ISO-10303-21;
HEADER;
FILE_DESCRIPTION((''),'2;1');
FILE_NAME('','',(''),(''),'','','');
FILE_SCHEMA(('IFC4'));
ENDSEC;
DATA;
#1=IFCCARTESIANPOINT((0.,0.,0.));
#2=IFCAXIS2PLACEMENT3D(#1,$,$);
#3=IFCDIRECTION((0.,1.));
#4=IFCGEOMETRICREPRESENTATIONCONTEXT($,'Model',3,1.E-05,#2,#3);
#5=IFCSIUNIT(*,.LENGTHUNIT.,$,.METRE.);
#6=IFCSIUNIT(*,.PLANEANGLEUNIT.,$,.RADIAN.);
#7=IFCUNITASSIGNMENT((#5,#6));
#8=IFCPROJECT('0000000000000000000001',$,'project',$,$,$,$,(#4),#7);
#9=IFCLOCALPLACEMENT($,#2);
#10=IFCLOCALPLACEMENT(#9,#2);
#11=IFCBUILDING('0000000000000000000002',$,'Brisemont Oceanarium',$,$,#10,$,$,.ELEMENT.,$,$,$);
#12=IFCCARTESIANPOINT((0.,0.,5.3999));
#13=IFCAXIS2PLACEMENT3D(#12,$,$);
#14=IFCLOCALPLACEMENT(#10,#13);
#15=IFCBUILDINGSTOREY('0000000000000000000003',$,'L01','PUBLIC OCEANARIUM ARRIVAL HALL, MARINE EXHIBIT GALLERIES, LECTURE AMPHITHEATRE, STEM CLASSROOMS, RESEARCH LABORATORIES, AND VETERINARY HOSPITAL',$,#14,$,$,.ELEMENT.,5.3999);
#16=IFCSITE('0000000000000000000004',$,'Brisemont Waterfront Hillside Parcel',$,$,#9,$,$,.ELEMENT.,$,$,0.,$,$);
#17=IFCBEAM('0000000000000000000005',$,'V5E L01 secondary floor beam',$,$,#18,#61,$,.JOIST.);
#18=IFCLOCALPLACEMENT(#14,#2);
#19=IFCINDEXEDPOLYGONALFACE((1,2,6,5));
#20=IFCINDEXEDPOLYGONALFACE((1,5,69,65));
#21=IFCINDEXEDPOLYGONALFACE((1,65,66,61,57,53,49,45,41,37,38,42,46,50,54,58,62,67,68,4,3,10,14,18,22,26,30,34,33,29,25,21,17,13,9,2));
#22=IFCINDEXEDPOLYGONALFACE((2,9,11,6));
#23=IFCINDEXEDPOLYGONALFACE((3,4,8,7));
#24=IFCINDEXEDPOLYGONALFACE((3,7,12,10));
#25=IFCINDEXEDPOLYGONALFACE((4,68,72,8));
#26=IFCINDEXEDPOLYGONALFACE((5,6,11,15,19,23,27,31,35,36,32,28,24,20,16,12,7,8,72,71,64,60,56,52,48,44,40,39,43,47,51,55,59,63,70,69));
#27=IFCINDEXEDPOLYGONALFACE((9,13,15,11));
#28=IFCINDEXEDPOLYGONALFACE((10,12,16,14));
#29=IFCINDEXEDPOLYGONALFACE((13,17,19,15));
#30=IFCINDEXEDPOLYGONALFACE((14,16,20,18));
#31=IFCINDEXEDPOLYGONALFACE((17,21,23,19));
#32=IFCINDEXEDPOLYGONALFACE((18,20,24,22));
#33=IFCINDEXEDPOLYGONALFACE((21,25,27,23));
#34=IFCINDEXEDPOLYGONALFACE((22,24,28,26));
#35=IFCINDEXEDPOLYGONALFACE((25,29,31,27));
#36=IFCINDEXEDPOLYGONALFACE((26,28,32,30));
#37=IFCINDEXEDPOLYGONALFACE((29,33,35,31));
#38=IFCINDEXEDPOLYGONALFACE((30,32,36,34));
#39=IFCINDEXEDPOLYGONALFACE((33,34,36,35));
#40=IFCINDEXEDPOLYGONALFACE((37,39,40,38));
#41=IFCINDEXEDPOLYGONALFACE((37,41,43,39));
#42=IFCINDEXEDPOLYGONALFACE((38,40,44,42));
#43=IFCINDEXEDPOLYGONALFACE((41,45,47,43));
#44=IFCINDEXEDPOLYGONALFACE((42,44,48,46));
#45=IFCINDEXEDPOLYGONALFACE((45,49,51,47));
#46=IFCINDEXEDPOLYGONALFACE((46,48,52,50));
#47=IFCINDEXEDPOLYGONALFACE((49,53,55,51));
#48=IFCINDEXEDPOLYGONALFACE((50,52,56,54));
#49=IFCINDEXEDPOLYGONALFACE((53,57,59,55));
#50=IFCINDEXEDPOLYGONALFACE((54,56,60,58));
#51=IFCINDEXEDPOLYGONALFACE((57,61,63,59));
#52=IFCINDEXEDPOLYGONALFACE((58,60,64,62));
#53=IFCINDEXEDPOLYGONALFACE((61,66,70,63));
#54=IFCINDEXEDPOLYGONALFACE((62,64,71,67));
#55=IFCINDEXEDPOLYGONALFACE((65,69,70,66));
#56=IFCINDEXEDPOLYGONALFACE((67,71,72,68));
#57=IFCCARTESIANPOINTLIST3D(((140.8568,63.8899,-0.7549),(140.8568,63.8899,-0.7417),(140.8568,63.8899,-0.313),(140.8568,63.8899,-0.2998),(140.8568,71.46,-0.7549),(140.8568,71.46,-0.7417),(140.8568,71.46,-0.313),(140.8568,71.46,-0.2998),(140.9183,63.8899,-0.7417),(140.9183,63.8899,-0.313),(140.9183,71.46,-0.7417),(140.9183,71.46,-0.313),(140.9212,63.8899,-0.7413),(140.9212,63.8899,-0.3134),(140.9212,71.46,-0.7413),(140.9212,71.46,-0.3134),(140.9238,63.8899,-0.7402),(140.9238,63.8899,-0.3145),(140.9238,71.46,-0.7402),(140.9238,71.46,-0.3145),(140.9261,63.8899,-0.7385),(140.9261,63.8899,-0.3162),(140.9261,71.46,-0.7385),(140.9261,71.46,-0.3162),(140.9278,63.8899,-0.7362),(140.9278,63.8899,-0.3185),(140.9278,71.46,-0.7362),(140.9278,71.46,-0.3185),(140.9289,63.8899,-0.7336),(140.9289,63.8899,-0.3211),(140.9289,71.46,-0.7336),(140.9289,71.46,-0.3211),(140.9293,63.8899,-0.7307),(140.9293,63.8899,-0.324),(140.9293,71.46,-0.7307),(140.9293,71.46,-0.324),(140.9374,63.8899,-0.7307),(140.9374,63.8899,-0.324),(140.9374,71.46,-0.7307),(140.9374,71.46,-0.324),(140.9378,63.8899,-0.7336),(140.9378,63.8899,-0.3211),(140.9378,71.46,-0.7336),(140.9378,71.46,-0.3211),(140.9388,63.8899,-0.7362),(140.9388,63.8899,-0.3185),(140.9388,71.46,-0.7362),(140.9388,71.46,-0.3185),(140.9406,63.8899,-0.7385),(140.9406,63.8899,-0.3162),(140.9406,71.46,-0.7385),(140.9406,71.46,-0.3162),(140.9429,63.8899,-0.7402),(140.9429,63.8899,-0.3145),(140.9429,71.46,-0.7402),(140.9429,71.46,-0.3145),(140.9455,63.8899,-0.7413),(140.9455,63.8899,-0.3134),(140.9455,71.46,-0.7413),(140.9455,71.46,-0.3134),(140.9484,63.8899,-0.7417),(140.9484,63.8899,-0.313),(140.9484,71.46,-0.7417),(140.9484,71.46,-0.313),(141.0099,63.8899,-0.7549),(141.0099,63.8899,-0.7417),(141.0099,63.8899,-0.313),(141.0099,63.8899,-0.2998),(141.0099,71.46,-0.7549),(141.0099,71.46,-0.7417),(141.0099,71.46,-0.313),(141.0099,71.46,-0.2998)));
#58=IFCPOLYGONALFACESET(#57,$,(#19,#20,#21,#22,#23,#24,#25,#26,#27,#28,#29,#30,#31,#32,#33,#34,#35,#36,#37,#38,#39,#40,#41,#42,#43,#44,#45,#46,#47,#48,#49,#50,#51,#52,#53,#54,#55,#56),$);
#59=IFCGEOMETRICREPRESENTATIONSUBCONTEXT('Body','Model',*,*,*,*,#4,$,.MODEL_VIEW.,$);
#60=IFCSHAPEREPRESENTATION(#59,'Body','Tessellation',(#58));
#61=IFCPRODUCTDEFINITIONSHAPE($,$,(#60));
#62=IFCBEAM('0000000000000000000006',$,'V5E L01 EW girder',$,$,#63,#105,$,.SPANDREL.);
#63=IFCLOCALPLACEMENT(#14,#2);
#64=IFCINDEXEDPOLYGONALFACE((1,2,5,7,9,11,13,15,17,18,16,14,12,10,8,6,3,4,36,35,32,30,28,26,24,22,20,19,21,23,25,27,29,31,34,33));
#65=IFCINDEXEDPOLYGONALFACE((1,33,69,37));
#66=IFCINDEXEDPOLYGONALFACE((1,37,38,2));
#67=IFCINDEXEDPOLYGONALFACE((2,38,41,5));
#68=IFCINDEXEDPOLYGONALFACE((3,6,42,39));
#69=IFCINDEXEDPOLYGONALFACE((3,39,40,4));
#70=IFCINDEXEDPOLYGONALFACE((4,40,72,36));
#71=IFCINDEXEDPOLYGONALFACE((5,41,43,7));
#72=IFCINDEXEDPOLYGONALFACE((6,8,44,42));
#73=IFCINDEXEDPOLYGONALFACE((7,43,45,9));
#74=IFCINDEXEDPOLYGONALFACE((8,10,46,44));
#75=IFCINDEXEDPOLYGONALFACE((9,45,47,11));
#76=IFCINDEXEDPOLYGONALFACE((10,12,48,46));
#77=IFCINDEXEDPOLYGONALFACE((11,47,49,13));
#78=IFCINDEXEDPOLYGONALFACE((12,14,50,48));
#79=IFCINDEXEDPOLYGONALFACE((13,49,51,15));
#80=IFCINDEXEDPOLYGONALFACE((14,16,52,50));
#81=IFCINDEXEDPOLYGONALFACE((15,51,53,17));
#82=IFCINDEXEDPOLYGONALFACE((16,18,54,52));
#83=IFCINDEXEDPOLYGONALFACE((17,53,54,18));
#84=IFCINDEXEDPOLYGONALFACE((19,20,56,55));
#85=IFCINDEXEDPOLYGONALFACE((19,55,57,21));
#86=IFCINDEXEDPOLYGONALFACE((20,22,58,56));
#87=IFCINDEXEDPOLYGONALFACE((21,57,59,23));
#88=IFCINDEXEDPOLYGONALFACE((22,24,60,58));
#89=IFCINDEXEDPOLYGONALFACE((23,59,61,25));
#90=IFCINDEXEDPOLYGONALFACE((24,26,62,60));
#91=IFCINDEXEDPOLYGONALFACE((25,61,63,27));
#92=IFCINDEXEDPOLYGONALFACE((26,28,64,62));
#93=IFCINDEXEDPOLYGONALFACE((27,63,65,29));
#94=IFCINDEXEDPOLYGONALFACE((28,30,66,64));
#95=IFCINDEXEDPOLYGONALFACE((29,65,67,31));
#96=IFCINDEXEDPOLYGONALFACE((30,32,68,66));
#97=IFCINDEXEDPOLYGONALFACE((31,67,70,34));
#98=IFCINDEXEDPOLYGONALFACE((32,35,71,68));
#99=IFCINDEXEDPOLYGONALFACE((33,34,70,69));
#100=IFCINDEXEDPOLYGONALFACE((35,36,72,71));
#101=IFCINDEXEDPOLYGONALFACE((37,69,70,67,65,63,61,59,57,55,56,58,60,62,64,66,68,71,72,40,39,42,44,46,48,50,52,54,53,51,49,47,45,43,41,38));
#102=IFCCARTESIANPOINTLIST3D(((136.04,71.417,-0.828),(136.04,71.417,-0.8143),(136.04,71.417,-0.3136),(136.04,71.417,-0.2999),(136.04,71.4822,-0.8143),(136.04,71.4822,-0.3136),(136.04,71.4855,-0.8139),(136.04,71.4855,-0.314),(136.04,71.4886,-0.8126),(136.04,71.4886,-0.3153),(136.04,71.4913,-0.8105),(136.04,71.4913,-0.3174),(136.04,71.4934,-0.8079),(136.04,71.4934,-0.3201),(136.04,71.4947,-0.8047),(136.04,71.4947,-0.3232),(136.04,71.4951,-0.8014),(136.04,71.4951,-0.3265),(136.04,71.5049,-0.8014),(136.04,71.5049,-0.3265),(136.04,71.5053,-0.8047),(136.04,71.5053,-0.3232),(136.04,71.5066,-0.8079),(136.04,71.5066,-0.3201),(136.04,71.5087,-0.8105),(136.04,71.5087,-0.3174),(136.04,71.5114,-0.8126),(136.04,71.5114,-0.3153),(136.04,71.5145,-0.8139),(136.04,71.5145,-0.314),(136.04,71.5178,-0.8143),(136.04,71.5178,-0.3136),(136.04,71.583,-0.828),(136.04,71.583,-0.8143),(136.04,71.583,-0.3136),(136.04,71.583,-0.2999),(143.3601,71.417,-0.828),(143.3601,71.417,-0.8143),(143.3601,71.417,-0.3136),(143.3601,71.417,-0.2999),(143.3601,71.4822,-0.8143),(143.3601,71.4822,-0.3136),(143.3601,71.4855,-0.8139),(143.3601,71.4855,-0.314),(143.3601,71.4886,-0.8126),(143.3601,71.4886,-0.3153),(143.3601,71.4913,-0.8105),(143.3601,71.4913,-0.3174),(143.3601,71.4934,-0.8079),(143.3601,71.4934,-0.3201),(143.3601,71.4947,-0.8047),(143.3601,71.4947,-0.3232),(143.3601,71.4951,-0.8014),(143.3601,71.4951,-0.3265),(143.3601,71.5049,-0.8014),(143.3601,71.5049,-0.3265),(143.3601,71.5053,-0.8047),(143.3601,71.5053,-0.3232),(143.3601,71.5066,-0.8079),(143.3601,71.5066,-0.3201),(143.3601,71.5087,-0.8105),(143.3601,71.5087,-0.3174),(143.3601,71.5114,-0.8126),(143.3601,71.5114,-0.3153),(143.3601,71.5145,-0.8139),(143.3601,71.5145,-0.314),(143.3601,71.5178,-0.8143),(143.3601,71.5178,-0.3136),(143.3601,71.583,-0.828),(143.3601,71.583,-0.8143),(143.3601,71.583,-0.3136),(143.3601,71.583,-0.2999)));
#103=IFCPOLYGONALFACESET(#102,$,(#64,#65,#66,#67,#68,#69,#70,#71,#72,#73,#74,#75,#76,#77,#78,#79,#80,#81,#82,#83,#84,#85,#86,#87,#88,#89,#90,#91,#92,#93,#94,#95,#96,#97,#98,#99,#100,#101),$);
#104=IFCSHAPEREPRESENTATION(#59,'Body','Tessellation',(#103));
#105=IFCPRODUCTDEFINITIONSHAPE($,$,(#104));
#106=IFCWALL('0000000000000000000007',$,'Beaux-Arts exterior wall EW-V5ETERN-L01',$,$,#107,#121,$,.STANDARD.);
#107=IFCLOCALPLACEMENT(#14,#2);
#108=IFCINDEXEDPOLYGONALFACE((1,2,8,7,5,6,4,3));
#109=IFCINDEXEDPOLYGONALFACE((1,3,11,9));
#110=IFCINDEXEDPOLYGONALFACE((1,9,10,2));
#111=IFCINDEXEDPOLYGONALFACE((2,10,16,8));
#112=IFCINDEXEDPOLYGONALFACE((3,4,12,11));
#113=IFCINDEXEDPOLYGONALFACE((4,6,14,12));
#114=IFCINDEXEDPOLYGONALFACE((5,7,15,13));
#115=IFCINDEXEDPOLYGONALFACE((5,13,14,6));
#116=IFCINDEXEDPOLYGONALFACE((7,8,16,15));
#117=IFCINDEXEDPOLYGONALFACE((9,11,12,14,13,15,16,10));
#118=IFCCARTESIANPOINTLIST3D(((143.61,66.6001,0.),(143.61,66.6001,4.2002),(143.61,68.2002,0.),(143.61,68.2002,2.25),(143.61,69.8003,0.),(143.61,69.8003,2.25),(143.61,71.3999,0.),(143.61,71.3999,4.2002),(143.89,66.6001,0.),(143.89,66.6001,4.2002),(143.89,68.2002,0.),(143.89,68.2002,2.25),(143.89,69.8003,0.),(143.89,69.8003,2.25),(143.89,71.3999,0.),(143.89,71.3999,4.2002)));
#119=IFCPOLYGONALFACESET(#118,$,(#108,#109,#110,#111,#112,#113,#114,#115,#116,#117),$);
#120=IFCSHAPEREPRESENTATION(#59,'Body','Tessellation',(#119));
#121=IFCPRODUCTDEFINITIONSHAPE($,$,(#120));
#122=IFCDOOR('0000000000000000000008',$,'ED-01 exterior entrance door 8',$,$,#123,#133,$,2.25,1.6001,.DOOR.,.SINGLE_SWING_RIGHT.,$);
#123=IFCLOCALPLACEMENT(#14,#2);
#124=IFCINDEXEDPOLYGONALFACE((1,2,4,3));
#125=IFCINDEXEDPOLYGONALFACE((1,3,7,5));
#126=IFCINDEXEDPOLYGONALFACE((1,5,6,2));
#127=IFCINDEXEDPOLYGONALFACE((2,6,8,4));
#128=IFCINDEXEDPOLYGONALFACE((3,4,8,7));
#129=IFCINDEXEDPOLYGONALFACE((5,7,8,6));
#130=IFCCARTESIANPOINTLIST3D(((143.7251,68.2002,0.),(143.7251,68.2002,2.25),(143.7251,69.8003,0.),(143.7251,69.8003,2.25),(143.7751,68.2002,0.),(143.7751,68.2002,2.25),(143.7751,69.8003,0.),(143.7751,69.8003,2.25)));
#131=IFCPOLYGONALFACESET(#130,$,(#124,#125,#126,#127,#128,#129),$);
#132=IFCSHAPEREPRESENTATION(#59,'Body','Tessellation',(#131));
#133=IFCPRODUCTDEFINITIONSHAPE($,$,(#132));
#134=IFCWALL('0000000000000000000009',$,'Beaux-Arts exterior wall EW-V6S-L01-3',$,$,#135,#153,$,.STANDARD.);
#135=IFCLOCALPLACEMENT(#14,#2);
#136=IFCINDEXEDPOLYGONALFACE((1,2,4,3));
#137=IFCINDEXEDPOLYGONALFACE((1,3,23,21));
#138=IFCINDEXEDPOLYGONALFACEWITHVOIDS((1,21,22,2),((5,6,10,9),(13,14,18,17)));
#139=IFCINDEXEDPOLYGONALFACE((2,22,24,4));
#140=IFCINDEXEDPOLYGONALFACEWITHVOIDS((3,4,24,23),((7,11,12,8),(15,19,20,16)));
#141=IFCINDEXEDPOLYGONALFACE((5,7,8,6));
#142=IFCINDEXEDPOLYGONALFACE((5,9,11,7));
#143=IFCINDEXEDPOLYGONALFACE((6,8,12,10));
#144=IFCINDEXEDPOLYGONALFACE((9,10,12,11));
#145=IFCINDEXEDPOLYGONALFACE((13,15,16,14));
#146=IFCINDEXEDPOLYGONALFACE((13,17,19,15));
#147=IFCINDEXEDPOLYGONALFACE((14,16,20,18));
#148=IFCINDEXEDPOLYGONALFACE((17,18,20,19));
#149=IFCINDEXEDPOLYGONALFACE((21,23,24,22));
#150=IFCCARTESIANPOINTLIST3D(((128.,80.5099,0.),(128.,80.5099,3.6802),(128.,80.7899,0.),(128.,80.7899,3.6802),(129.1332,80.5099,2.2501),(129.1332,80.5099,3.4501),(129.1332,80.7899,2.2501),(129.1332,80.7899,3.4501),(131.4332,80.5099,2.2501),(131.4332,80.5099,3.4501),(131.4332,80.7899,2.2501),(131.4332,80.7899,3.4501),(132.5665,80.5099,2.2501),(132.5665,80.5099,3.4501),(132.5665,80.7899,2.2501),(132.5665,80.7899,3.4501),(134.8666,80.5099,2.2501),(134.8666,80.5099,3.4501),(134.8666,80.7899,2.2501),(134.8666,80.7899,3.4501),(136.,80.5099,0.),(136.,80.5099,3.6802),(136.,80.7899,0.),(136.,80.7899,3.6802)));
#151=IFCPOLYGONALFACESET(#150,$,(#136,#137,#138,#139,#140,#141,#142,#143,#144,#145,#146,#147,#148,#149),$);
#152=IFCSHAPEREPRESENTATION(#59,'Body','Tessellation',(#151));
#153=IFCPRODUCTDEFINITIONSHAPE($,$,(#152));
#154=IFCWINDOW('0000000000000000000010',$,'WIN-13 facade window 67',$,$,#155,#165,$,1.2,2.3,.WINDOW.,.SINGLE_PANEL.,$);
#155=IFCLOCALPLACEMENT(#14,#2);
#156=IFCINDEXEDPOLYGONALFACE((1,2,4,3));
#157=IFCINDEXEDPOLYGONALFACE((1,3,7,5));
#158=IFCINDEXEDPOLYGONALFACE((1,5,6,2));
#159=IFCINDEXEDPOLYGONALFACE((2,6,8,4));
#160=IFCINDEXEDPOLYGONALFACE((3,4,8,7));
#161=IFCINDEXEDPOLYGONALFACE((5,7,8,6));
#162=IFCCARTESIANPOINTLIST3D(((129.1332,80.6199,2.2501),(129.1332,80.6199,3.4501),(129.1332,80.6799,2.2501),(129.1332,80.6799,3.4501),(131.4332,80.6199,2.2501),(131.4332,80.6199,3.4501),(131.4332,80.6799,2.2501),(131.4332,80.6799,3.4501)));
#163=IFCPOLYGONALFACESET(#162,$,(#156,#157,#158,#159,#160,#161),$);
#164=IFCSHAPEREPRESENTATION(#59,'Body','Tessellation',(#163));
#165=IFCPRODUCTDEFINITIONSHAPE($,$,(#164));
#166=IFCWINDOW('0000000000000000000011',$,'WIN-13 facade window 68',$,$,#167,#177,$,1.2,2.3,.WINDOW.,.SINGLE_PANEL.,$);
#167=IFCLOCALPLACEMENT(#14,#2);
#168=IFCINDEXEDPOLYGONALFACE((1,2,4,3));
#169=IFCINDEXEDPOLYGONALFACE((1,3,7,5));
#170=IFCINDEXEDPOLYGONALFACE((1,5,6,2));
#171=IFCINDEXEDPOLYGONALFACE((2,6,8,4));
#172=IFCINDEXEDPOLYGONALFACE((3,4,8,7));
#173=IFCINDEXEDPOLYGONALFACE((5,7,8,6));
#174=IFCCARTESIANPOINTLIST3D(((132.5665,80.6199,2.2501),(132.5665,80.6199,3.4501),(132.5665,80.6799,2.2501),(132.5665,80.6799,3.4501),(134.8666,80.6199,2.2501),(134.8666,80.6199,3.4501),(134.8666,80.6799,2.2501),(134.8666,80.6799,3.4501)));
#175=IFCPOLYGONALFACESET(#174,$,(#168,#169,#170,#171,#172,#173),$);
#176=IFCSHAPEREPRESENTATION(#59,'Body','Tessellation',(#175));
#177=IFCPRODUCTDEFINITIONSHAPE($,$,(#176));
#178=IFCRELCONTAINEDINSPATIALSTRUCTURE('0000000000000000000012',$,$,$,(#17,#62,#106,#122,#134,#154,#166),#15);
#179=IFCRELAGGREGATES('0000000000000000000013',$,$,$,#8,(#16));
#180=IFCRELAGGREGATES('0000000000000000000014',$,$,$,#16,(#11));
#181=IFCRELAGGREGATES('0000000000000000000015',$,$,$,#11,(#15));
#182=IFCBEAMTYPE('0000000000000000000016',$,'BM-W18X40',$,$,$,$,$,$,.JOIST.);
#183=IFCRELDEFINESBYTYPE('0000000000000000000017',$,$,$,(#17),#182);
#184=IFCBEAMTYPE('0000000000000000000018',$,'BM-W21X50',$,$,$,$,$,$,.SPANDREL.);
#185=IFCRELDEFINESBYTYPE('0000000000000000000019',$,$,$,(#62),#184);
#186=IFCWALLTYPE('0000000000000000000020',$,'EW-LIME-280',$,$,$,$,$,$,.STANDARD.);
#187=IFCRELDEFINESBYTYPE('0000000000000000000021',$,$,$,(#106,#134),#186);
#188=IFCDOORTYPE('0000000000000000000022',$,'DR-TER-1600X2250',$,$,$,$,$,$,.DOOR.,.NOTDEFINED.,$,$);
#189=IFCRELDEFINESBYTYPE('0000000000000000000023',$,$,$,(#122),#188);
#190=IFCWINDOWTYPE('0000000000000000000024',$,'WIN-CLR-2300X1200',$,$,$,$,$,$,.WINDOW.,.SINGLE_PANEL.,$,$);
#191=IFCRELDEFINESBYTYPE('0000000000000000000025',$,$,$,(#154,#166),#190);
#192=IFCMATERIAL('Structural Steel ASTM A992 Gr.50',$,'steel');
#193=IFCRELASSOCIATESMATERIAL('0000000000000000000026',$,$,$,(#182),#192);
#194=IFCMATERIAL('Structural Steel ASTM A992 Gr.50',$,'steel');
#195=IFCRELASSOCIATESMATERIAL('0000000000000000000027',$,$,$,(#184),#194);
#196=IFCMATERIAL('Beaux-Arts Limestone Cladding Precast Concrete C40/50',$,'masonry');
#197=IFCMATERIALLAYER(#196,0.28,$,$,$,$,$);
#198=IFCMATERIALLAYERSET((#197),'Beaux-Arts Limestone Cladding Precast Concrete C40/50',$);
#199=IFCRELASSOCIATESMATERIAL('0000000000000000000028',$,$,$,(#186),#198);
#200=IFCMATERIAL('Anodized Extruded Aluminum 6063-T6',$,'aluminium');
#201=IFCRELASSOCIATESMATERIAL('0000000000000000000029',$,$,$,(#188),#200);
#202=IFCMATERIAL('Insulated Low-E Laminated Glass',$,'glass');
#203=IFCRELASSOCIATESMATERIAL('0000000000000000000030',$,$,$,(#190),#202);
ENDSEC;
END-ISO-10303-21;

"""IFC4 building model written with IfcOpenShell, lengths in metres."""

from ifc_helpers import new_model, si_unit, direction, frame, frame_2d, origin, origin_2d, place, context, subcontext, project, spatial, rectangle, i_section, extrude, material, layer, layer_set, material_profile, profile_set, type_object, element, fill, save


model = new_model("IFC4")

# Units and contexts
model_context = context("Model", 3, precision=1e-05, world=origin(), true_north=direction((0.0, 1.0)))
body_context = subcontext(model_context, "Body", "Model", "MODEL_VIEW")
ifc_project = project(units=[si_unit("LENGTHUNIT", "METRE"), si_unit("PLANEANGLEUNIT", "RADIAN")], contexts=[model_context])

# Site, building, storey
site_placement = place(None, origin())
site = spatial("IfcSite", under=ifc_project, at=site_placement, Name="Brisemont Waterfront Hillside Parcel", CompositionType="ELEMENT", RefElevation=0.0)
building_placement = place(site_placement, origin())
building = spatial("IfcBuilding", under=site, at=building_placement, Name="Brisemont Oceanarium", CompositionType="ELEMENT")
storey_placement = place(building_placement, frame((0.0, 0.0, 5.3999)))
storey = spatial("IfcBuildingStorey", under=building, at=storey_placement, Name="L01", Description="PUBLIC OCEANARIUM ARRIVAL HALL, MARINE EXHIBIT GALLERIES, LECTURE AMPHITHEATRE, STEM CLASSROOMS, RESEARCH LABORATORIES, AND VETERINARY HOSPITAL", CompositionType="ELEMENT", Elevation=5.3999)

# Beams
ifc_material_1 = material(Name="Structural Steel ASTM A992 Gr.50", Category="steel")
ifc_material_profile_1 = material_profile(ifc_material_1, i_section(OverallWidth=0.1531, OverallDepth=0.4551, WebThickness=0.0081, FlangeThickness=0.0132, FilletRadius=0.011, at=origin_2d()), Name="W18X40")
ifc_profile_set_1 = profile_set([ifc_material_profile_1], Name="Structural Steel ASTM A992 Gr.50")
beam_type_1 = type_object("IfcBeamType", Name="BM-W18X40", PredefinedType="JOIST", material=ifc_profile_set_1)
beam_1_placement = place(storey_placement, frame((140.9333, 63.8899, -0.5273), z_axis=(0.0, 1.0, 0.0), x_axis=(-1.0, 0.0, 0.0)))
element("IfcBeam", 1, at=beam_1_placement, inside=storey, type_object=beam_type_1, Name="V5E L01 secondary floor beam", PredefinedType="JOIST", context=body_context, shape_type="SweptSolid", body=[
    extrude(i_section(OverallWidth=0.1531, OverallDepth=0.4551, WebThickness=0.0081, FlangeThickness=0.0132, FilletRadius=0.011, at=origin_2d()), origin(), (0.0, 0.0, 1.0), 7.5701),
])
ifc_material_2 = material(Name="Structural Steel ASTM A992 Gr.50", Category="steel")
ifc_material_profile_2 = material_profile(ifc_material_2, i_section(OverallWidth=0.166, OverallDepth=0.5281, WebThickness=0.0098, FlangeThickness=0.0137, FilletRadius=0.0129, at=origin_2d()), Name="W21X50")
ifc_profile_set_2 = profile_set([ifc_material_profile_2], Name="Structural Steel ASTM A992 Gr.50")
beam_type_2 = type_object("IfcBeamType", Name="BM-W21X50", PredefinedType="SPANDREL", material=ifc_profile_set_2)
beam_2_placement = place(storey_placement, frame((136.04, 71.5, -0.564), z_axis=(1.0, 0.0, 0.0), x_axis=(0.0, 1.0, 0.0)))
element("IfcBeam", 2, at=beam_2_placement, inside=storey, type_object=beam_type_2, Name="V5E L01 EW girder", PredefinedType="SPANDREL", context=body_context, shape_type="SweptSolid", body=[
    extrude(i_section(OverallWidth=0.166, OverallDepth=0.5281, WebThickness=0.0098, FlangeThickness=0.0137, FilletRadius=0.0129, at=origin_2d()), origin(), (0.0, 0.0, 1.0), 7.3201),
])

# Wall, opening, door
ifc_material_3 = material(Name="Beaux-Arts Limestone Cladding Precast Concrete C40/50", Category="masonry")
ifc_layer_1 = layer(ifc_material_3, 0.28)
ifc_layer_set_1 = layer_set([ifc_layer_1], Name="Beaux-Arts Limestone Cladding Precast Concrete C40/50")
wall_type_1 = type_object("IfcWallType", Name="EW-LIME-280", PredefinedType="STANDARD", material=ifc_layer_set_1)
wall_1_placement = place(storey_placement, frame((143.75, 66.6001, 0.0), z_axis=(0.0, 0.0, 1.0), x_axis=(0.0, 1.0, 0.0)))
wall_1 = element("IfcWall", 3, at=wall_1_placement, inside=storey, type_object=wall_type_1, Name="Beaux-Arts exterior wall EW-V5ETERN-L01", PredefinedType="STANDARD", context=body_context, shape_type="SweptSolid", body=[
    extrude(rectangle(XDim=4.7998, YDim=0.28, at=frame_2d((2.3999, 0.0))), origin(), (0.0, 0.0, 1.0), 4.2002),
])
opening_1_placement = place(wall_1_placement, frame((1.6001, 0.0, 0.0)))
opening_1 = element("IfcOpeningElement", 4, at=opening_1_placement, cuts=wall_1, PredefinedType="OPENING", context=body_context, shape_type="SweptSolid", body=[
    extrude(rectangle(XDim=1.6001, YDim=2.25, at=frame_2d((0.8, 1.125))), frame((0.0, 0.1499, 0.0), z_axis=(0.0, -1.0, 0.0), x_axis=(1.0, 0.0, 0.0)), (0.0, 0.0, 1.0), 0.3),
])
ifc_material_4 = material(Name="Anodized Extruded Aluminum 6063-T6", Category="aluminium")
door_type = type_object("IfcDoorType", Name="DR-TER-1600X2250", OperationType="NOTDEFINED", PredefinedType="DOOR", material=ifc_material_4)
door_placement = place(opening_1_placement, origin())
door = element("IfcDoor", 5, at=door_placement, inside=storey, type_object=door_type, Name="ED-01 exterior entrance door 8", OperationType="SINGLE_SWING_RIGHT", OverallHeight=2.25, OverallWidth=1.6001, PredefinedType="DOOR", context=body_context, shape_type="SweptSolid", body=[
    extrude(rectangle(XDim=1.6001, YDim=2.25, at=frame_2d((0.8, 1.125))), frame((0.0, 0.0249, 0.0), z_axis=(0.0, -1.0, 0.0), x_axis=(1.0, 0.0, 0.0)), (0.0, 0.0, 1.0), 0.05),
])
fill(opening_1, door)

# Wall, openings, windows
wall_2_placement = place(storey_placement, frame((128.0, 80.6499, 0.0), z_axis=(0.0, 0.0, 1.0), x_axis=(1.0, 0.0, 0.0)))
wall_2 = element("IfcWall", 6, at=wall_2_placement, inside=storey, type_object=wall_type_1, Name="Beaux-Arts exterior wall EW-V6S-L01-3", PredefinedType="STANDARD", context=body_context, shape_type="SweptSolid", body=[
    extrude(rectangle(XDim=8.0, YDim=0.28, at=frame_2d((4.0, 0.0))), origin(), (0.0, 0.0, 1.0), 3.6802),
])
opening_2_placement = place(wall_2_placement, frame((1.1333, 0.0, 2.25)))
opening_2 = element("IfcOpeningElement", 7, at=opening_2_placement, cuts=wall_2, PredefinedType="OPENING", context=body_context, shape_type="SweptSolid", body=[
    extrude(rectangle(XDim=2.3, YDim=1.2, at=frame_2d((1.1499, 0.6001))), frame((0.0, 0.1499, 0.0), z_axis=(0.0, -1.0, 0.0), x_axis=(1.0, 0.0, 0.0)), (0.0, 0.0, 1.0), 0.3),
])
opening_3_placement = place(wall_2_placement, frame((4.5667, 0.0, 2.25)))
opening_3 = element("IfcOpeningElement", 8, at=opening_3_placement, cuts=wall_2, PredefinedType="OPENING", context=body_context, shape_type="SweptSolid", body=[
    extrude(rectangle(XDim=2.3, YDim=1.2, at=frame_2d((1.1499, 0.6001))), frame((0.0, 0.1499, 0.0), z_axis=(0.0, -1.0, 0.0), x_axis=(1.0, 0.0, 0.0)), (0.0, 0.0, 1.0), 0.3),
])
ifc_material_5 = material(Name="Insulated Low-E Laminated Glass", Category="glass")
window_type = type_object("IfcWindowType", Name="WIN-CLR-2300X1200", PartitioningType="SINGLE_PANEL", PredefinedType="WINDOW", material=ifc_material_5)
window_1_placement = place(opening_2_placement, origin())
window_1 = element("IfcWindow", 9, at=window_1_placement, inside=storey, type_object=window_type, Name="WIN-13 facade window 67", OverallHeight=1.2, OverallWidth=2.3, PartitioningType="SINGLE_PANEL", PredefinedType="WINDOW", context=body_context, shape_type="SweptSolid", body=[
    extrude(rectangle(XDim=2.3, YDim=1.2, at=frame_2d((1.1499, 0.6001))), frame((0.0, 0.03, 0.0), z_axis=(0.0, -1.0, 0.0), x_axis=(1.0, 0.0, 0.0)), (0.0, 0.0, 1.0), 0.0601),
])
fill(opening_2, window_1)
window_2_placement = place(opening_3_placement, origin())
window_2 = element("IfcWindow", 10, at=window_2_placement, inside=storey, type_object=window_type, Name="WIN-13 facade window 68", OverallHeight=1.2, OverallWidth=2.3, PartitioningType="SINGLE_PANEL", PredefinedType="WINDOW", context=body_context, shape_type="SweptSolid", body=[
    extrude(rectangle(XDim=2.3, YDim=1.2, at=frame_2d((1.1499, 0.6001))), frame((0.0, 0.03, 0.0), z_axis=(0.0, -1.0, 0.0), x_axis=(1.0, 0.0, 0.0)), (0.0, 0.0, 1.0), 0.0601),
])
fill(opening_3, window_2)

save(model, "model.ifc")
